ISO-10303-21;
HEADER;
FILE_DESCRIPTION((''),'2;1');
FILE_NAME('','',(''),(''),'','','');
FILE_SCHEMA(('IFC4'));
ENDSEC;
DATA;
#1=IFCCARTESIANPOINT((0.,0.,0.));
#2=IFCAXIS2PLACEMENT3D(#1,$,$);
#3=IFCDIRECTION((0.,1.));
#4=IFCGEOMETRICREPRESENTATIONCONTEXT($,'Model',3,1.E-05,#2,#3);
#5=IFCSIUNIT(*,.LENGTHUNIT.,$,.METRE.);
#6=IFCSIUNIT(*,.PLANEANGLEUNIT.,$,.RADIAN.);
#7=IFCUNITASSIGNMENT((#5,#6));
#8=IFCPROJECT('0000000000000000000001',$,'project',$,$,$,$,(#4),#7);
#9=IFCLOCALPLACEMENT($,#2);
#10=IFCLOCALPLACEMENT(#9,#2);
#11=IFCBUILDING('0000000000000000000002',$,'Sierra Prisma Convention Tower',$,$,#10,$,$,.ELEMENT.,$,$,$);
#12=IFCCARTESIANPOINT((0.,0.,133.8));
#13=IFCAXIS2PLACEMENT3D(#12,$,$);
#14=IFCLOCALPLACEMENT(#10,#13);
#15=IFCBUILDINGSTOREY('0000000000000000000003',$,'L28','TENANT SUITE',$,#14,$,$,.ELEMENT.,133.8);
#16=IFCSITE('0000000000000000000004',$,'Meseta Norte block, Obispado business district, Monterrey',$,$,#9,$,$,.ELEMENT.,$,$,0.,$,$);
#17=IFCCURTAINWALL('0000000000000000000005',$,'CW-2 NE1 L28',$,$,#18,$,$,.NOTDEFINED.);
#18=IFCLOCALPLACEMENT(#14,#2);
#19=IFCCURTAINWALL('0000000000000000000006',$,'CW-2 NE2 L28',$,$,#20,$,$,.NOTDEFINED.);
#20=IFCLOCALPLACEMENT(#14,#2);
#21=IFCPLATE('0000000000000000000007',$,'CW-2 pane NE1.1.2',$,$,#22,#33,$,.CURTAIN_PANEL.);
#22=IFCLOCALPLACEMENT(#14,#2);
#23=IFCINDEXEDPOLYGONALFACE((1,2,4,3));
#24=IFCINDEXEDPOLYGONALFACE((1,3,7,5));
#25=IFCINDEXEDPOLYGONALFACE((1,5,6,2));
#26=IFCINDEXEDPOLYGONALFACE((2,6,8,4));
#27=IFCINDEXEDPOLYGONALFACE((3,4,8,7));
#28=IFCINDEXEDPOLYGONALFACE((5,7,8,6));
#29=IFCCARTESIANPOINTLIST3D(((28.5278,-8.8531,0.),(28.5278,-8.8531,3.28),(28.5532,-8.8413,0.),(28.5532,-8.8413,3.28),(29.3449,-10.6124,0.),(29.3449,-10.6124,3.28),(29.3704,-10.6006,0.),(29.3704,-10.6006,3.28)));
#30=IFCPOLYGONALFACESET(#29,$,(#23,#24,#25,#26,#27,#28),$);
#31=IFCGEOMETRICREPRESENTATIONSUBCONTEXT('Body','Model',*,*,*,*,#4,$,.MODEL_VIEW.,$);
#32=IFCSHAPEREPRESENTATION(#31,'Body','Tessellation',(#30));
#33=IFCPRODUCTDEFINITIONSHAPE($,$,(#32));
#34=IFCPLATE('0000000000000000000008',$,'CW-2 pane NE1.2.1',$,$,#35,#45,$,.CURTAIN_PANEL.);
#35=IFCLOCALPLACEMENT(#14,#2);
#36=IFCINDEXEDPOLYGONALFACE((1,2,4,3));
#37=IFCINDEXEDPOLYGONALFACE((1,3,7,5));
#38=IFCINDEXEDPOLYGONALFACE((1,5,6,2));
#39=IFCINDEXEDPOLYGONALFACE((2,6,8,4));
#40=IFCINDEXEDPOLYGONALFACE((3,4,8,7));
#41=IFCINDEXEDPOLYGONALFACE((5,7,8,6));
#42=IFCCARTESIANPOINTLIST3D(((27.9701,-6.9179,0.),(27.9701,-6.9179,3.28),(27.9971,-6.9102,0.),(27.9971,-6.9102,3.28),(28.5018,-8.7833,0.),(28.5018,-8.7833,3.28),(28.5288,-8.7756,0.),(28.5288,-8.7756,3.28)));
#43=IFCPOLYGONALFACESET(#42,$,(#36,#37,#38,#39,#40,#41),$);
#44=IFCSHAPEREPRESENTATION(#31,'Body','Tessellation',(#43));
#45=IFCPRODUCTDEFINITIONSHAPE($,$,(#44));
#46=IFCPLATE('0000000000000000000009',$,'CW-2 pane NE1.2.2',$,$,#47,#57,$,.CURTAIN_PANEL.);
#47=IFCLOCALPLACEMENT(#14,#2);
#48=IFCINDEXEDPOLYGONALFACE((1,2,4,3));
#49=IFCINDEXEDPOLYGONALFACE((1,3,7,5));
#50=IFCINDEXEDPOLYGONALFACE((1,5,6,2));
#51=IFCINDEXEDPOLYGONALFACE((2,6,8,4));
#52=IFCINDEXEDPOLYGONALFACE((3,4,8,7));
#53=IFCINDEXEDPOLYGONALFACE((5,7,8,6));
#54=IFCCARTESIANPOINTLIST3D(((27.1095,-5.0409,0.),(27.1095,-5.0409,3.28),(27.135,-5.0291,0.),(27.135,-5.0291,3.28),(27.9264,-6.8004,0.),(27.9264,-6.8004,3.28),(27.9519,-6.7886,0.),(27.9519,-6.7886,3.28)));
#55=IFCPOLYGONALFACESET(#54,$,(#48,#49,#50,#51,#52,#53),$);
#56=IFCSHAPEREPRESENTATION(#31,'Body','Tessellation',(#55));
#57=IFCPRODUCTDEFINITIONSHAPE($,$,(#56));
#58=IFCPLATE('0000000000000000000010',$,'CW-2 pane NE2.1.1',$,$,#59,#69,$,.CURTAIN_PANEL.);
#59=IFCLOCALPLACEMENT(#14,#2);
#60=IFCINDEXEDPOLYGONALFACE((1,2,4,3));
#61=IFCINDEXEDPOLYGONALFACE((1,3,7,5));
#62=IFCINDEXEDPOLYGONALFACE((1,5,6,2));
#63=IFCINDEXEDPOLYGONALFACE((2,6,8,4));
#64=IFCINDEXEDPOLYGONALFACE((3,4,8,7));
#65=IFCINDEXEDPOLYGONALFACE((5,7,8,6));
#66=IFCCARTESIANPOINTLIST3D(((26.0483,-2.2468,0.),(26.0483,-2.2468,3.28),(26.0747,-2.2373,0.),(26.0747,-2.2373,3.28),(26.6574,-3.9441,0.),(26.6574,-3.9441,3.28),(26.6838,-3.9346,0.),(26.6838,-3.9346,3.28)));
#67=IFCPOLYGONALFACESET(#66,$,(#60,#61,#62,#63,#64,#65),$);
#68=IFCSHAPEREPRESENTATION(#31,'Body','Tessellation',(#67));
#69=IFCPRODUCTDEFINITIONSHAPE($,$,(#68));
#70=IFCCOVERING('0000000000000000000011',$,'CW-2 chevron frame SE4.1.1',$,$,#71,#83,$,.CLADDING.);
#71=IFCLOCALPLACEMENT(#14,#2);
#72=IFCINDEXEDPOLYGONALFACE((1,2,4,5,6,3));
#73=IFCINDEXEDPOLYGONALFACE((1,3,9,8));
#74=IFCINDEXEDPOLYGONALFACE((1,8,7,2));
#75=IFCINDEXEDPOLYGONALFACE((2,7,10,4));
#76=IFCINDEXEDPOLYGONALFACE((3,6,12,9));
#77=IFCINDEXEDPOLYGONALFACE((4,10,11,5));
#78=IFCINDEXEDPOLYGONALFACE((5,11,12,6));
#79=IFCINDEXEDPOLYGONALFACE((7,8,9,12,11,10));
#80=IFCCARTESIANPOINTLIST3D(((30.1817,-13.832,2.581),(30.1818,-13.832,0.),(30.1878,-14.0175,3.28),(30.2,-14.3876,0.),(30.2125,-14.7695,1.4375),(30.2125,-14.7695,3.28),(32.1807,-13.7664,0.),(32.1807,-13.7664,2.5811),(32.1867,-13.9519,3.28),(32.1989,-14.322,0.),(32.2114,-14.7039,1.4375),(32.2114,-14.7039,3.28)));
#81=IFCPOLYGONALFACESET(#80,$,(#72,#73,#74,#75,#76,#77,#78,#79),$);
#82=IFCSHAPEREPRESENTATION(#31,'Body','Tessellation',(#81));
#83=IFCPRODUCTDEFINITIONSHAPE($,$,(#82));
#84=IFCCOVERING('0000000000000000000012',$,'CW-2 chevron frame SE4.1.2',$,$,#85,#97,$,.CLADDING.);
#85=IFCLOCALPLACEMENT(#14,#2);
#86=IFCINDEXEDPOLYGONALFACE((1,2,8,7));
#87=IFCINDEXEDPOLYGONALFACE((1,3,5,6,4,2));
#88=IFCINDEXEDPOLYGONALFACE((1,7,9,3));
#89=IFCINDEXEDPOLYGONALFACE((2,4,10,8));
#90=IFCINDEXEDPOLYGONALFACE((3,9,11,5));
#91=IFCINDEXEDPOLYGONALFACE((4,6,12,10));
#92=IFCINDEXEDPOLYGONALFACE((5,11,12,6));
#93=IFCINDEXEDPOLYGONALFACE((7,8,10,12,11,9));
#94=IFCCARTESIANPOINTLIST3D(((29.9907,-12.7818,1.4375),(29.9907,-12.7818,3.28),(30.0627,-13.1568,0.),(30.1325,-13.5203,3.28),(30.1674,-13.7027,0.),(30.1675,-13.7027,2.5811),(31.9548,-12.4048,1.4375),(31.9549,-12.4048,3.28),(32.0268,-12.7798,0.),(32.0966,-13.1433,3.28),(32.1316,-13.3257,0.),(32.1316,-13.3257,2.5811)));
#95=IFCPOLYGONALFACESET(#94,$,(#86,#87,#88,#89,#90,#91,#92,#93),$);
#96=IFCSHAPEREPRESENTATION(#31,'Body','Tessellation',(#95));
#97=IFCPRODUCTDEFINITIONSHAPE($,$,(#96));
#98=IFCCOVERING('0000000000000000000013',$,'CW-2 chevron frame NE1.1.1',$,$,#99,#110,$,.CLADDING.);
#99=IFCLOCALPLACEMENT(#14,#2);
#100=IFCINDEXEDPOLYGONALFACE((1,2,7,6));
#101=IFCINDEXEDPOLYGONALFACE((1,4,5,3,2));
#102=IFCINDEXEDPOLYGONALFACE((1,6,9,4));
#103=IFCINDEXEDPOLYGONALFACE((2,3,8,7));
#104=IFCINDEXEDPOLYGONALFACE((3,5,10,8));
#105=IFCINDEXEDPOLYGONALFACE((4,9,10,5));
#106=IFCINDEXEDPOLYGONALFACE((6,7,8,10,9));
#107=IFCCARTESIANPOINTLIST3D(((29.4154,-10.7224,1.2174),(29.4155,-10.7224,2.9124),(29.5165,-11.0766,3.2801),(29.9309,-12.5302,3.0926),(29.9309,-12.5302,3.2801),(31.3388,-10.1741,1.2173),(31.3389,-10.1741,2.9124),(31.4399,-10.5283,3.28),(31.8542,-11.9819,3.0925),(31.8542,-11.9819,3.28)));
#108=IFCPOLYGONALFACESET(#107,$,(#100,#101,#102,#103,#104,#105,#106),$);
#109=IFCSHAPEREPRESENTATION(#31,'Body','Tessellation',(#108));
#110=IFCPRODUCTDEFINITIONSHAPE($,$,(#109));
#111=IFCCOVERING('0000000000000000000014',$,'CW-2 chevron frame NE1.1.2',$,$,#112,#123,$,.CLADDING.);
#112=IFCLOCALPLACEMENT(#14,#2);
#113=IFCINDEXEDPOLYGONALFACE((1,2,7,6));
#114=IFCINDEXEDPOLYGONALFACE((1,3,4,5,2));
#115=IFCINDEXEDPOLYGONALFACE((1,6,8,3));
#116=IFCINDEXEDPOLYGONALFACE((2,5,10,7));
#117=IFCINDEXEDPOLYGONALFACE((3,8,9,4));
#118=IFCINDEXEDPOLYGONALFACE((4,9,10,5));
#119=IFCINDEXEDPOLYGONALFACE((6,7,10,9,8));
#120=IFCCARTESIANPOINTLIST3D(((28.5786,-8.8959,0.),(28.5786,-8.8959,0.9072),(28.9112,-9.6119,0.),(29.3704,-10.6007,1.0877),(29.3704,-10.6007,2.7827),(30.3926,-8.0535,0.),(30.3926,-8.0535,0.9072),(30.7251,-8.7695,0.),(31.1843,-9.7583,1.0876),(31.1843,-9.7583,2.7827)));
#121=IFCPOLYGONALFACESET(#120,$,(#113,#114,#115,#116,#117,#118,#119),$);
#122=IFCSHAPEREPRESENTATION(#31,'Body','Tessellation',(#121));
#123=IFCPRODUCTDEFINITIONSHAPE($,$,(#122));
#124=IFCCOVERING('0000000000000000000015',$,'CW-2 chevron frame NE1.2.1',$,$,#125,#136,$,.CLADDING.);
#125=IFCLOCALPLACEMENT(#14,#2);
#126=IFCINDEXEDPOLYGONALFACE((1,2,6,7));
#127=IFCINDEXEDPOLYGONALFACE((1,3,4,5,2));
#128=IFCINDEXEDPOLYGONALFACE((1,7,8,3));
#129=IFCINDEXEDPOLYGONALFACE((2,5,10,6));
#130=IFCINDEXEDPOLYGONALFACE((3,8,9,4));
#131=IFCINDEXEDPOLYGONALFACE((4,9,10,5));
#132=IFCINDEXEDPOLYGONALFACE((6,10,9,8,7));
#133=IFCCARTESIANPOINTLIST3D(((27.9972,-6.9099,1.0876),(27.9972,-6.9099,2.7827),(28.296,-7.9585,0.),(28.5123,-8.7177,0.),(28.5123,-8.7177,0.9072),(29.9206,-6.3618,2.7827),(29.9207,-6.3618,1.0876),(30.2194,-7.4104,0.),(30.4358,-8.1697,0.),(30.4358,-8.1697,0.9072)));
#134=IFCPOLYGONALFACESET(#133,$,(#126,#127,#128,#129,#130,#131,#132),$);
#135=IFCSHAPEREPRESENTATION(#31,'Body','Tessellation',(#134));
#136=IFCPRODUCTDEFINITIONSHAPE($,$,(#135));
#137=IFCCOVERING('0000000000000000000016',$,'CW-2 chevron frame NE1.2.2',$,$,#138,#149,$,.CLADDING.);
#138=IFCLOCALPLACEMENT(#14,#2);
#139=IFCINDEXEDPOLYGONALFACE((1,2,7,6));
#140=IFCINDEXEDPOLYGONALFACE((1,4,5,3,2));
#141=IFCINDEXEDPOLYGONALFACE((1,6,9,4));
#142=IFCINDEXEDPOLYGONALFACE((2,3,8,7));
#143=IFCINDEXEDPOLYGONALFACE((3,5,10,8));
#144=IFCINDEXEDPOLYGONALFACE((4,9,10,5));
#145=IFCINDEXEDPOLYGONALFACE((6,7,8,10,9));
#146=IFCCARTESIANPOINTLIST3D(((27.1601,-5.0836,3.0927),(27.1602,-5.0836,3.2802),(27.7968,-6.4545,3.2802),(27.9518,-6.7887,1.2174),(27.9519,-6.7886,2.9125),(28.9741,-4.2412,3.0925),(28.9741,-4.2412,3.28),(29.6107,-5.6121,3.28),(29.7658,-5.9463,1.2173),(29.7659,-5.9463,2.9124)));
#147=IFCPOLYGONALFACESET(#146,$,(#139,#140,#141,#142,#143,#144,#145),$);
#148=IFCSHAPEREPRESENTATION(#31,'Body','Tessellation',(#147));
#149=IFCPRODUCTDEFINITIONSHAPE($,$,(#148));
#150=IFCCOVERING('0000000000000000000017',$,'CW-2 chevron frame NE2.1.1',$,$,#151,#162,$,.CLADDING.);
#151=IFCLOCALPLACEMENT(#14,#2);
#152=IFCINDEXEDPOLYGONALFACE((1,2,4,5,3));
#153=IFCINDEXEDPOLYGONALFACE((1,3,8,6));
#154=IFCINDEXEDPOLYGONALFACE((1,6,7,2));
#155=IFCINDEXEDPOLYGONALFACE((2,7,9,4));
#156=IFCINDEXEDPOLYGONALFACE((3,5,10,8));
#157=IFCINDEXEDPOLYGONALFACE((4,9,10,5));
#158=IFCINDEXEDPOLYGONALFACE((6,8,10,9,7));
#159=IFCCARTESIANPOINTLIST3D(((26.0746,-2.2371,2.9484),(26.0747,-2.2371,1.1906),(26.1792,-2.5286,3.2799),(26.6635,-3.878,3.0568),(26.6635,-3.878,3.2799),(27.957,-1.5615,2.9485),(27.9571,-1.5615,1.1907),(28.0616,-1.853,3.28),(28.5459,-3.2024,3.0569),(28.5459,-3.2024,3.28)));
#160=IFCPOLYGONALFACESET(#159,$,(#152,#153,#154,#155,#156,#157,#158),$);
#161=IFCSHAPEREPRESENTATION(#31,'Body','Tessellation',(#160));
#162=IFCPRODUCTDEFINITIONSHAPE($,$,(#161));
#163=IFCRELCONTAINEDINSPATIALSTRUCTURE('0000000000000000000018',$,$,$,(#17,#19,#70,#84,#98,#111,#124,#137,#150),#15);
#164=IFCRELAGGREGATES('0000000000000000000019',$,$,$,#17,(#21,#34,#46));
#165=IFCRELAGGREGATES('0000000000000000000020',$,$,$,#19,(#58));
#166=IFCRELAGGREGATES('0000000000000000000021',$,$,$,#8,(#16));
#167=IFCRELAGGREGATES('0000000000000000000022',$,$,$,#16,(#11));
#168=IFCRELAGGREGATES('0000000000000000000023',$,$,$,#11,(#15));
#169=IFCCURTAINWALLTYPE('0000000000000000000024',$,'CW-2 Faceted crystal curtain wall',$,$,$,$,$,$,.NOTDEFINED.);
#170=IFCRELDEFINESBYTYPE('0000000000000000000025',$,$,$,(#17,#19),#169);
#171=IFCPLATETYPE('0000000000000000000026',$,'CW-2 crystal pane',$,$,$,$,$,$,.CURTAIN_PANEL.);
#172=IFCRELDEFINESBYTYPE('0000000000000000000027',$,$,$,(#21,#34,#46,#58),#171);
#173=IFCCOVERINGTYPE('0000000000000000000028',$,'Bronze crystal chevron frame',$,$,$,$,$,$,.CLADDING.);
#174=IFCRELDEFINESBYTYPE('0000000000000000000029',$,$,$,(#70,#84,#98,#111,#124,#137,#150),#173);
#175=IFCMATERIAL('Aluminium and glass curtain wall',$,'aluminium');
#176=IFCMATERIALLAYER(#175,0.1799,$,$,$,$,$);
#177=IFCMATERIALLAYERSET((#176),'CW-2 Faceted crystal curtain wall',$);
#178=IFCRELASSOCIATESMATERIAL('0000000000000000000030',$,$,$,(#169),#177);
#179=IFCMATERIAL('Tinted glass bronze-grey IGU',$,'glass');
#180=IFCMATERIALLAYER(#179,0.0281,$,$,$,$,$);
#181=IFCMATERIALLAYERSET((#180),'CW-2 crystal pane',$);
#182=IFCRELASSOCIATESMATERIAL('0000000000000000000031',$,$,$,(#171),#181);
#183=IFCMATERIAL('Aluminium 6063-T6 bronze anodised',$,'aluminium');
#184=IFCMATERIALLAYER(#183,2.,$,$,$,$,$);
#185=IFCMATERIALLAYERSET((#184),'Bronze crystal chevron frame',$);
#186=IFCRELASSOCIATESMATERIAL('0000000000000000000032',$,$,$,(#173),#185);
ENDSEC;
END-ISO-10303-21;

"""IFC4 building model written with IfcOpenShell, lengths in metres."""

from ifc_helpers import new_model, si_unit, direction, frame, origin, place, context, subcontext, project, spatial, polyline, outline, extrude, material, layer, layer_set, type_object, element, aggregate, save


model = new_model("IFC4")

# Units and contexts
model_context = context("Model", 3, precision=1e-05, world=origin(), true_north=direction((0.0, 1.0)))
body_context = subcontext(model_context, "Body", "Model", "MODEL_VIEW")
ifc_project = project(units=[si_unit("LENGTHUNIT", "METRE"), si_unit("PLANEANGLEUNIT", "RADIAN")], contexts=[model_context])

# Site, building, storey
site_placement = place(None, origin())
site = spatial("IfcSite", under=ifc_project, at=site_placement, Name="Meseta Norte block, Obispado business district, Monterrey", CompositionType="ELEMENT", RefElevation=0.0)
building_placement = place(site_placement, origin())
building = spatial("IfcBuilding", under=site, at=building_placement, Name="Sierra Prisma Convention Tower", CompositionType="ELEMENT")
storey_placement = place(building_placement, frame((0.0, 0.0, 133.8)))
storey = spatial("IfcBuildingStorey", under=building, at=storey_placement, Name="L28", Description="TENANT SUITE", CompositionType="ELEMENT", Elevation=133.8)

# Shared definitions
ifc_material_1 = material(Name="Aluminium and glass curtain wall", Category="aluminium")
ifc_layer_1 = layer(ifc_material_1, 0.1799)
ifc_layer_set_1 = layer_set([ifc_layer_1], Name="CW-2 Faceted crystal curtain wall")
curtain_wall_type = type_object("IfcCurtainWallType", Name="CW-2 Faceted crystal curtain wall", PredefinedType="NOTDEFINED", material=ifc_layer_set_1)

# Curtain wall
curtain_wall_1_placement = place(storey_placement, origin())
curtain_wall_1 = element("IfcCurtainWall", 1, at=curtain_wall_1_placement, inside=storey, type_object=curtain_wall_type, Name="CW-2 NE1 L28", PredefinedType="NOTDEFINED")

# Curtain wall
curtain_wall_2_placement = place(storey_placement, origin())
curtain_wall_2 = element("IfcCurtainWall", 2, at=curtain_wall_2_placement, inside=storey, type_object=curtain_wall_type, Name="CW-2 NE2 L28", PredefinedType="NOTDEFINED")

# Plates
ifc_material_2 = material(Name="Tinted glass bronze-grey IGU", Category="glass")
ifc_layer_2 = layer(ifc_material_2, 0.0281)
ifc_layer_set_2 = layer_set([ifc_layer_2], Name="CW-2 crystal pane")
plate_type = type_object("IfcPlateType", Name="CW-2 crystal pane", PredefinedType="CURTAIN_PANEL", material=ifc_layer_set_2)
plate_1_placement = place(storey_placement, frame((28.5532, -8.8413, 0.0), z_axis=(0.906944, 0.421252, 0.0), x_axis=(0.421252, -0.906944, 0.0)))
plate_1 = element("IfcPlate", 3, at=plate_1_placement, type_object=plate_type, Name="CW-2 pane NE1.1.2", PredefinedType="CURTAIN_PANEL", context=body_context, shape_type="SweptSolid", body=[
    extrude(outline(polyline([(0.0, 0.0), (1.9398, 0.0), (1.9398, -3.28), (0.0, -3.28), (0.0, 0.0)])), origin(), (0.0, 0.0, -1.0), 0.0281),
])
plate_2_placement = place(storey_placement, frame((28.5288, -8.7756, 0.0), z_axis=(0.961695, 0.274123, 0.0), x_axis=(-0.274123, 0.961695, 0.0)))
plate_2 = element("IfcPlate", 4, at=plate_2_placement, type_object=plate_type, Name="CW-2 pane NE1.2.1", PredefinedType="CURTAIN_PANEL", context=body_context, shape_type="SweptSolid", body=[
    extrude(outline(polyline([(0.0, 0.0), (1.9398, 0.0), (1.9398, 3.28), (0.0, 3.28), (0.0, 0.0)])), origin(), (0.0, 0.0, -1.0), 0.0281),
])
plate_3_placement = place(storey_placement, frame((27.135, -5.0291, 0.0), z_axis=(0.907014, 0.4211, 0.0), x_axis=(0.4211, -0.907014, 0.0)))
plate_3 = element("IfcPlate", 5, at=plate_3_placement, type_object=plate_type, Name="CW-2 pane NE1.2.2", PredefinedType="CURTAIN_PANEL", context=body_context, shape_type="SweptSolid", body=[
    extrude(outline(polyline([(0.0, 0.0), (1.9399, 0.0), (1.9399, -3.28), (0.0, -3.28), (0.0, 0.0)])), origin(), (0.0, 0.0, -1.0), 0.0281),
])
aggregate(curtain_wall_1, [plate_1, plate_2, plate_3])
plate_4_placement = place(storey_placement, frame((26.6838, -3.9346, 0.0), z_axis=(0.94122, 0.337794, 0.0), x_axis=(-0.337794, 0.94122, 0.0)))
plate_4 = element("IfcPlate", 6, at=plate_4_placement, type_object=plate_type, Name="CW-2 pane NE2.1.1", PredefinedType="CURTAIN_PANEL", context=body_context, shape_type="SweptSolid", body=[
    extrude(outline(polyline([(0.0, 0.0), (1.8033, 0.0), (1.8033, 3.28), (0.0, 3.28), (0.0, 0.0)])), origin(), (0.0, 0.0, -1.0), 0.0281),
])
aggregate(curtain_wall_2, [plate_4])

# Coverings
ifc_material_3 = material(Name="Aluminium 6063-T6 bronze anodised", Category="aluminium")
ifc_layer_3 = layer(ifc_material_3, 2.0)
ifc_layer_set_3 = layer_set([ifc_layer_3], Name="Bronze crystal chevron frame")
covering_type = type_object("IfcCoveringType", Name="Bronze crystal chevron frame", PredefinedType="CLADDING", material=ifc_layer_set_3)
covering_1_placement = place(storey_placement, frame((32.2114, -14.7039, 3.28), z_axis=(0.999461, 0.032813, 0.000011), x_axis=(0.000011, 0.0, -1.0)))
element("IfcCovering", 7, at=covering_1_placement, inside=storey, type_object=covering_type, Name="CW-2 chevron frame SE4.1.1", PredefinedType="CLADDING", context=body_context, shape_type="SweptSolid", body=[
    extrude(outline(polyline([(0.0, 0.0), (1.8425, 0.0), (3.28, 0.382), (3.28, 0.938), (0.699, 0.938), (0.0, 0.7524), (0.0, 0.0)])), origin(), (0.0, 0.0, -1.0), 2.0),
])
covering_2_placement = place(storey_placement, frame((32.1316, -13.3257, 0.0), z_axis=(0.982073, 0.1885, -0.000008), x_axis=(-0.1885, 0.982073, 0.0)))
element("IfcCovering", 8, at=covering_2_placement, inside=storey, type_object=covering_type, Name="CW-2 chevron frame SE4.1.2", PredefinedType="CLADDING", context=body_context, shape_type="SweptSolid", body=[
    extrude(outline(polyline([(0.0, 0.0), (0.5559, 0.0), (0.9377, 1.4375), (0.9377, 3.28), (0.1857, 3.28), (0.0, 2.5811), (0.0, 0.0)])), origin(), (0.0, 0.0, -1.0), 2.0),
])
covering_3_placement = place(storey_placement, frame((31.8542, -11.9819, 3.28), z_axis=(0.961688, 0.274148, -0.000038), x_axis=(-0.000037, -0.00001, -1.0)))
element("IfcCovering", 9, at=covering_3_placement, inside=storey, type_object=covering_type, Name="CW-2 chevron frame NE1.1.1", PredefinedType="CLADDING", context=body_context, shape_type="SweptSolid", body=[
    extrude(outline(polyline([(0.0, 0.0), (0.1875, 0.0), (2.0627, 1.8799), (0.3677, 1.8799), (0.0, 1.5115), (0.0, 0.0)])), origin(), (0.0, 0.0, -1.0), 2.0),
])
covering_4_placement = place(storey_placement, frame((31.1843, -9.7583, 2.7827), z_axis=(0.906967, 0.421202, -0.000009), x_axis=(-0.000008, -0.000004, -1.0)))
element("IfcCovering", 10, at=covering_4_placement, inside=storey, type_object=covering_type, Name="CW-2 chevron frame NE1.1.2", PredefinedType="CLADDING", context=body_context, shape_type="SweptSolid", body=[
    extrude(outline(polyline([(0.0, 0.0), (1.6951, 0.0), (2.7827, 1.0902), (2.7827, 1.8797), (1.8755, 1.8797), (0.0, 0.0)])), origin(), (0.0, 0.0, -1.0), 2.0),
])
covering_5_placement = place(storey_placement, frame((30.4358, -8.1697, 0.0), z_axis=(0.961722, 0.274028, 0.000013), x_axis=(-0.274028, 0.961722, 0.0)))
element("IfcCovering", 11, at=covering_5_placement, inside=storey, type_object=covering_type, Name="CW-2 chevron frame NE1.2.1", PredefinedType="CLADDING", context=body_context, shape_type="SweptSolid", body=[
    extrude(outline(polyline([(0.0, 0.0), (0.7895, 0.0), (1.8798, 1.0876), (1.8798, 2.7827), (0.0, 0.9072), (0.0, 0.0)])), origin(), (0.0, 0.0, -1.0), 2.0),
])
covering_6_placement = place(storey_placement, frame((28.9741, -4.2412, 3.28), z_axis=(0.906982, 0.42117, -0.00007), x_axis=(0.42117, -0.906982, 0.0)))
element("IfcCovering", 12, at=covering_6_placement, inside=storey, type_object=covering_type, Name="CW-2 chevron frame NE1.2.2", PredefinedType="CLADDING", context=body_context, shape_type="SweptSolid", body=[
    extrude(outline(polyline([(0.0, 0.0), (1.5115, 0.0), (1.8799, 0.3677), (1.8799, 2.0627), (0.0, 0.1875), (0.0, 0.0)])), origin(), (0.0, 0.0, -1.0), 2.0),
])
covering_7_placement = place(storey_placement, frame((28.5459, -3.2024, 3.28), z_axis=(0.941221, 0.337791, 0.000051), x_axis=(0.000048, 0.000017, -1.0)))
element("IfcCovering", 13, at=covering_7_placement, inside=storey, type_object=covering_type, Name="CW-2 chevron frame NE2.1.1", PredefinedType="CLADDING", context=body_context, shape_type="SweptSolid", body=[
    extrude(outline(polyline([(0.0, 0.0), (0.2231, 0.0), (2.0894, 1.7433), (0.3315, 1.7433), (0.0, 1.4337), (0.0, 0.0)])), origin(), (0.0, 0.0, -1.0), 2.0),
])

save(model, "model.ifc")
